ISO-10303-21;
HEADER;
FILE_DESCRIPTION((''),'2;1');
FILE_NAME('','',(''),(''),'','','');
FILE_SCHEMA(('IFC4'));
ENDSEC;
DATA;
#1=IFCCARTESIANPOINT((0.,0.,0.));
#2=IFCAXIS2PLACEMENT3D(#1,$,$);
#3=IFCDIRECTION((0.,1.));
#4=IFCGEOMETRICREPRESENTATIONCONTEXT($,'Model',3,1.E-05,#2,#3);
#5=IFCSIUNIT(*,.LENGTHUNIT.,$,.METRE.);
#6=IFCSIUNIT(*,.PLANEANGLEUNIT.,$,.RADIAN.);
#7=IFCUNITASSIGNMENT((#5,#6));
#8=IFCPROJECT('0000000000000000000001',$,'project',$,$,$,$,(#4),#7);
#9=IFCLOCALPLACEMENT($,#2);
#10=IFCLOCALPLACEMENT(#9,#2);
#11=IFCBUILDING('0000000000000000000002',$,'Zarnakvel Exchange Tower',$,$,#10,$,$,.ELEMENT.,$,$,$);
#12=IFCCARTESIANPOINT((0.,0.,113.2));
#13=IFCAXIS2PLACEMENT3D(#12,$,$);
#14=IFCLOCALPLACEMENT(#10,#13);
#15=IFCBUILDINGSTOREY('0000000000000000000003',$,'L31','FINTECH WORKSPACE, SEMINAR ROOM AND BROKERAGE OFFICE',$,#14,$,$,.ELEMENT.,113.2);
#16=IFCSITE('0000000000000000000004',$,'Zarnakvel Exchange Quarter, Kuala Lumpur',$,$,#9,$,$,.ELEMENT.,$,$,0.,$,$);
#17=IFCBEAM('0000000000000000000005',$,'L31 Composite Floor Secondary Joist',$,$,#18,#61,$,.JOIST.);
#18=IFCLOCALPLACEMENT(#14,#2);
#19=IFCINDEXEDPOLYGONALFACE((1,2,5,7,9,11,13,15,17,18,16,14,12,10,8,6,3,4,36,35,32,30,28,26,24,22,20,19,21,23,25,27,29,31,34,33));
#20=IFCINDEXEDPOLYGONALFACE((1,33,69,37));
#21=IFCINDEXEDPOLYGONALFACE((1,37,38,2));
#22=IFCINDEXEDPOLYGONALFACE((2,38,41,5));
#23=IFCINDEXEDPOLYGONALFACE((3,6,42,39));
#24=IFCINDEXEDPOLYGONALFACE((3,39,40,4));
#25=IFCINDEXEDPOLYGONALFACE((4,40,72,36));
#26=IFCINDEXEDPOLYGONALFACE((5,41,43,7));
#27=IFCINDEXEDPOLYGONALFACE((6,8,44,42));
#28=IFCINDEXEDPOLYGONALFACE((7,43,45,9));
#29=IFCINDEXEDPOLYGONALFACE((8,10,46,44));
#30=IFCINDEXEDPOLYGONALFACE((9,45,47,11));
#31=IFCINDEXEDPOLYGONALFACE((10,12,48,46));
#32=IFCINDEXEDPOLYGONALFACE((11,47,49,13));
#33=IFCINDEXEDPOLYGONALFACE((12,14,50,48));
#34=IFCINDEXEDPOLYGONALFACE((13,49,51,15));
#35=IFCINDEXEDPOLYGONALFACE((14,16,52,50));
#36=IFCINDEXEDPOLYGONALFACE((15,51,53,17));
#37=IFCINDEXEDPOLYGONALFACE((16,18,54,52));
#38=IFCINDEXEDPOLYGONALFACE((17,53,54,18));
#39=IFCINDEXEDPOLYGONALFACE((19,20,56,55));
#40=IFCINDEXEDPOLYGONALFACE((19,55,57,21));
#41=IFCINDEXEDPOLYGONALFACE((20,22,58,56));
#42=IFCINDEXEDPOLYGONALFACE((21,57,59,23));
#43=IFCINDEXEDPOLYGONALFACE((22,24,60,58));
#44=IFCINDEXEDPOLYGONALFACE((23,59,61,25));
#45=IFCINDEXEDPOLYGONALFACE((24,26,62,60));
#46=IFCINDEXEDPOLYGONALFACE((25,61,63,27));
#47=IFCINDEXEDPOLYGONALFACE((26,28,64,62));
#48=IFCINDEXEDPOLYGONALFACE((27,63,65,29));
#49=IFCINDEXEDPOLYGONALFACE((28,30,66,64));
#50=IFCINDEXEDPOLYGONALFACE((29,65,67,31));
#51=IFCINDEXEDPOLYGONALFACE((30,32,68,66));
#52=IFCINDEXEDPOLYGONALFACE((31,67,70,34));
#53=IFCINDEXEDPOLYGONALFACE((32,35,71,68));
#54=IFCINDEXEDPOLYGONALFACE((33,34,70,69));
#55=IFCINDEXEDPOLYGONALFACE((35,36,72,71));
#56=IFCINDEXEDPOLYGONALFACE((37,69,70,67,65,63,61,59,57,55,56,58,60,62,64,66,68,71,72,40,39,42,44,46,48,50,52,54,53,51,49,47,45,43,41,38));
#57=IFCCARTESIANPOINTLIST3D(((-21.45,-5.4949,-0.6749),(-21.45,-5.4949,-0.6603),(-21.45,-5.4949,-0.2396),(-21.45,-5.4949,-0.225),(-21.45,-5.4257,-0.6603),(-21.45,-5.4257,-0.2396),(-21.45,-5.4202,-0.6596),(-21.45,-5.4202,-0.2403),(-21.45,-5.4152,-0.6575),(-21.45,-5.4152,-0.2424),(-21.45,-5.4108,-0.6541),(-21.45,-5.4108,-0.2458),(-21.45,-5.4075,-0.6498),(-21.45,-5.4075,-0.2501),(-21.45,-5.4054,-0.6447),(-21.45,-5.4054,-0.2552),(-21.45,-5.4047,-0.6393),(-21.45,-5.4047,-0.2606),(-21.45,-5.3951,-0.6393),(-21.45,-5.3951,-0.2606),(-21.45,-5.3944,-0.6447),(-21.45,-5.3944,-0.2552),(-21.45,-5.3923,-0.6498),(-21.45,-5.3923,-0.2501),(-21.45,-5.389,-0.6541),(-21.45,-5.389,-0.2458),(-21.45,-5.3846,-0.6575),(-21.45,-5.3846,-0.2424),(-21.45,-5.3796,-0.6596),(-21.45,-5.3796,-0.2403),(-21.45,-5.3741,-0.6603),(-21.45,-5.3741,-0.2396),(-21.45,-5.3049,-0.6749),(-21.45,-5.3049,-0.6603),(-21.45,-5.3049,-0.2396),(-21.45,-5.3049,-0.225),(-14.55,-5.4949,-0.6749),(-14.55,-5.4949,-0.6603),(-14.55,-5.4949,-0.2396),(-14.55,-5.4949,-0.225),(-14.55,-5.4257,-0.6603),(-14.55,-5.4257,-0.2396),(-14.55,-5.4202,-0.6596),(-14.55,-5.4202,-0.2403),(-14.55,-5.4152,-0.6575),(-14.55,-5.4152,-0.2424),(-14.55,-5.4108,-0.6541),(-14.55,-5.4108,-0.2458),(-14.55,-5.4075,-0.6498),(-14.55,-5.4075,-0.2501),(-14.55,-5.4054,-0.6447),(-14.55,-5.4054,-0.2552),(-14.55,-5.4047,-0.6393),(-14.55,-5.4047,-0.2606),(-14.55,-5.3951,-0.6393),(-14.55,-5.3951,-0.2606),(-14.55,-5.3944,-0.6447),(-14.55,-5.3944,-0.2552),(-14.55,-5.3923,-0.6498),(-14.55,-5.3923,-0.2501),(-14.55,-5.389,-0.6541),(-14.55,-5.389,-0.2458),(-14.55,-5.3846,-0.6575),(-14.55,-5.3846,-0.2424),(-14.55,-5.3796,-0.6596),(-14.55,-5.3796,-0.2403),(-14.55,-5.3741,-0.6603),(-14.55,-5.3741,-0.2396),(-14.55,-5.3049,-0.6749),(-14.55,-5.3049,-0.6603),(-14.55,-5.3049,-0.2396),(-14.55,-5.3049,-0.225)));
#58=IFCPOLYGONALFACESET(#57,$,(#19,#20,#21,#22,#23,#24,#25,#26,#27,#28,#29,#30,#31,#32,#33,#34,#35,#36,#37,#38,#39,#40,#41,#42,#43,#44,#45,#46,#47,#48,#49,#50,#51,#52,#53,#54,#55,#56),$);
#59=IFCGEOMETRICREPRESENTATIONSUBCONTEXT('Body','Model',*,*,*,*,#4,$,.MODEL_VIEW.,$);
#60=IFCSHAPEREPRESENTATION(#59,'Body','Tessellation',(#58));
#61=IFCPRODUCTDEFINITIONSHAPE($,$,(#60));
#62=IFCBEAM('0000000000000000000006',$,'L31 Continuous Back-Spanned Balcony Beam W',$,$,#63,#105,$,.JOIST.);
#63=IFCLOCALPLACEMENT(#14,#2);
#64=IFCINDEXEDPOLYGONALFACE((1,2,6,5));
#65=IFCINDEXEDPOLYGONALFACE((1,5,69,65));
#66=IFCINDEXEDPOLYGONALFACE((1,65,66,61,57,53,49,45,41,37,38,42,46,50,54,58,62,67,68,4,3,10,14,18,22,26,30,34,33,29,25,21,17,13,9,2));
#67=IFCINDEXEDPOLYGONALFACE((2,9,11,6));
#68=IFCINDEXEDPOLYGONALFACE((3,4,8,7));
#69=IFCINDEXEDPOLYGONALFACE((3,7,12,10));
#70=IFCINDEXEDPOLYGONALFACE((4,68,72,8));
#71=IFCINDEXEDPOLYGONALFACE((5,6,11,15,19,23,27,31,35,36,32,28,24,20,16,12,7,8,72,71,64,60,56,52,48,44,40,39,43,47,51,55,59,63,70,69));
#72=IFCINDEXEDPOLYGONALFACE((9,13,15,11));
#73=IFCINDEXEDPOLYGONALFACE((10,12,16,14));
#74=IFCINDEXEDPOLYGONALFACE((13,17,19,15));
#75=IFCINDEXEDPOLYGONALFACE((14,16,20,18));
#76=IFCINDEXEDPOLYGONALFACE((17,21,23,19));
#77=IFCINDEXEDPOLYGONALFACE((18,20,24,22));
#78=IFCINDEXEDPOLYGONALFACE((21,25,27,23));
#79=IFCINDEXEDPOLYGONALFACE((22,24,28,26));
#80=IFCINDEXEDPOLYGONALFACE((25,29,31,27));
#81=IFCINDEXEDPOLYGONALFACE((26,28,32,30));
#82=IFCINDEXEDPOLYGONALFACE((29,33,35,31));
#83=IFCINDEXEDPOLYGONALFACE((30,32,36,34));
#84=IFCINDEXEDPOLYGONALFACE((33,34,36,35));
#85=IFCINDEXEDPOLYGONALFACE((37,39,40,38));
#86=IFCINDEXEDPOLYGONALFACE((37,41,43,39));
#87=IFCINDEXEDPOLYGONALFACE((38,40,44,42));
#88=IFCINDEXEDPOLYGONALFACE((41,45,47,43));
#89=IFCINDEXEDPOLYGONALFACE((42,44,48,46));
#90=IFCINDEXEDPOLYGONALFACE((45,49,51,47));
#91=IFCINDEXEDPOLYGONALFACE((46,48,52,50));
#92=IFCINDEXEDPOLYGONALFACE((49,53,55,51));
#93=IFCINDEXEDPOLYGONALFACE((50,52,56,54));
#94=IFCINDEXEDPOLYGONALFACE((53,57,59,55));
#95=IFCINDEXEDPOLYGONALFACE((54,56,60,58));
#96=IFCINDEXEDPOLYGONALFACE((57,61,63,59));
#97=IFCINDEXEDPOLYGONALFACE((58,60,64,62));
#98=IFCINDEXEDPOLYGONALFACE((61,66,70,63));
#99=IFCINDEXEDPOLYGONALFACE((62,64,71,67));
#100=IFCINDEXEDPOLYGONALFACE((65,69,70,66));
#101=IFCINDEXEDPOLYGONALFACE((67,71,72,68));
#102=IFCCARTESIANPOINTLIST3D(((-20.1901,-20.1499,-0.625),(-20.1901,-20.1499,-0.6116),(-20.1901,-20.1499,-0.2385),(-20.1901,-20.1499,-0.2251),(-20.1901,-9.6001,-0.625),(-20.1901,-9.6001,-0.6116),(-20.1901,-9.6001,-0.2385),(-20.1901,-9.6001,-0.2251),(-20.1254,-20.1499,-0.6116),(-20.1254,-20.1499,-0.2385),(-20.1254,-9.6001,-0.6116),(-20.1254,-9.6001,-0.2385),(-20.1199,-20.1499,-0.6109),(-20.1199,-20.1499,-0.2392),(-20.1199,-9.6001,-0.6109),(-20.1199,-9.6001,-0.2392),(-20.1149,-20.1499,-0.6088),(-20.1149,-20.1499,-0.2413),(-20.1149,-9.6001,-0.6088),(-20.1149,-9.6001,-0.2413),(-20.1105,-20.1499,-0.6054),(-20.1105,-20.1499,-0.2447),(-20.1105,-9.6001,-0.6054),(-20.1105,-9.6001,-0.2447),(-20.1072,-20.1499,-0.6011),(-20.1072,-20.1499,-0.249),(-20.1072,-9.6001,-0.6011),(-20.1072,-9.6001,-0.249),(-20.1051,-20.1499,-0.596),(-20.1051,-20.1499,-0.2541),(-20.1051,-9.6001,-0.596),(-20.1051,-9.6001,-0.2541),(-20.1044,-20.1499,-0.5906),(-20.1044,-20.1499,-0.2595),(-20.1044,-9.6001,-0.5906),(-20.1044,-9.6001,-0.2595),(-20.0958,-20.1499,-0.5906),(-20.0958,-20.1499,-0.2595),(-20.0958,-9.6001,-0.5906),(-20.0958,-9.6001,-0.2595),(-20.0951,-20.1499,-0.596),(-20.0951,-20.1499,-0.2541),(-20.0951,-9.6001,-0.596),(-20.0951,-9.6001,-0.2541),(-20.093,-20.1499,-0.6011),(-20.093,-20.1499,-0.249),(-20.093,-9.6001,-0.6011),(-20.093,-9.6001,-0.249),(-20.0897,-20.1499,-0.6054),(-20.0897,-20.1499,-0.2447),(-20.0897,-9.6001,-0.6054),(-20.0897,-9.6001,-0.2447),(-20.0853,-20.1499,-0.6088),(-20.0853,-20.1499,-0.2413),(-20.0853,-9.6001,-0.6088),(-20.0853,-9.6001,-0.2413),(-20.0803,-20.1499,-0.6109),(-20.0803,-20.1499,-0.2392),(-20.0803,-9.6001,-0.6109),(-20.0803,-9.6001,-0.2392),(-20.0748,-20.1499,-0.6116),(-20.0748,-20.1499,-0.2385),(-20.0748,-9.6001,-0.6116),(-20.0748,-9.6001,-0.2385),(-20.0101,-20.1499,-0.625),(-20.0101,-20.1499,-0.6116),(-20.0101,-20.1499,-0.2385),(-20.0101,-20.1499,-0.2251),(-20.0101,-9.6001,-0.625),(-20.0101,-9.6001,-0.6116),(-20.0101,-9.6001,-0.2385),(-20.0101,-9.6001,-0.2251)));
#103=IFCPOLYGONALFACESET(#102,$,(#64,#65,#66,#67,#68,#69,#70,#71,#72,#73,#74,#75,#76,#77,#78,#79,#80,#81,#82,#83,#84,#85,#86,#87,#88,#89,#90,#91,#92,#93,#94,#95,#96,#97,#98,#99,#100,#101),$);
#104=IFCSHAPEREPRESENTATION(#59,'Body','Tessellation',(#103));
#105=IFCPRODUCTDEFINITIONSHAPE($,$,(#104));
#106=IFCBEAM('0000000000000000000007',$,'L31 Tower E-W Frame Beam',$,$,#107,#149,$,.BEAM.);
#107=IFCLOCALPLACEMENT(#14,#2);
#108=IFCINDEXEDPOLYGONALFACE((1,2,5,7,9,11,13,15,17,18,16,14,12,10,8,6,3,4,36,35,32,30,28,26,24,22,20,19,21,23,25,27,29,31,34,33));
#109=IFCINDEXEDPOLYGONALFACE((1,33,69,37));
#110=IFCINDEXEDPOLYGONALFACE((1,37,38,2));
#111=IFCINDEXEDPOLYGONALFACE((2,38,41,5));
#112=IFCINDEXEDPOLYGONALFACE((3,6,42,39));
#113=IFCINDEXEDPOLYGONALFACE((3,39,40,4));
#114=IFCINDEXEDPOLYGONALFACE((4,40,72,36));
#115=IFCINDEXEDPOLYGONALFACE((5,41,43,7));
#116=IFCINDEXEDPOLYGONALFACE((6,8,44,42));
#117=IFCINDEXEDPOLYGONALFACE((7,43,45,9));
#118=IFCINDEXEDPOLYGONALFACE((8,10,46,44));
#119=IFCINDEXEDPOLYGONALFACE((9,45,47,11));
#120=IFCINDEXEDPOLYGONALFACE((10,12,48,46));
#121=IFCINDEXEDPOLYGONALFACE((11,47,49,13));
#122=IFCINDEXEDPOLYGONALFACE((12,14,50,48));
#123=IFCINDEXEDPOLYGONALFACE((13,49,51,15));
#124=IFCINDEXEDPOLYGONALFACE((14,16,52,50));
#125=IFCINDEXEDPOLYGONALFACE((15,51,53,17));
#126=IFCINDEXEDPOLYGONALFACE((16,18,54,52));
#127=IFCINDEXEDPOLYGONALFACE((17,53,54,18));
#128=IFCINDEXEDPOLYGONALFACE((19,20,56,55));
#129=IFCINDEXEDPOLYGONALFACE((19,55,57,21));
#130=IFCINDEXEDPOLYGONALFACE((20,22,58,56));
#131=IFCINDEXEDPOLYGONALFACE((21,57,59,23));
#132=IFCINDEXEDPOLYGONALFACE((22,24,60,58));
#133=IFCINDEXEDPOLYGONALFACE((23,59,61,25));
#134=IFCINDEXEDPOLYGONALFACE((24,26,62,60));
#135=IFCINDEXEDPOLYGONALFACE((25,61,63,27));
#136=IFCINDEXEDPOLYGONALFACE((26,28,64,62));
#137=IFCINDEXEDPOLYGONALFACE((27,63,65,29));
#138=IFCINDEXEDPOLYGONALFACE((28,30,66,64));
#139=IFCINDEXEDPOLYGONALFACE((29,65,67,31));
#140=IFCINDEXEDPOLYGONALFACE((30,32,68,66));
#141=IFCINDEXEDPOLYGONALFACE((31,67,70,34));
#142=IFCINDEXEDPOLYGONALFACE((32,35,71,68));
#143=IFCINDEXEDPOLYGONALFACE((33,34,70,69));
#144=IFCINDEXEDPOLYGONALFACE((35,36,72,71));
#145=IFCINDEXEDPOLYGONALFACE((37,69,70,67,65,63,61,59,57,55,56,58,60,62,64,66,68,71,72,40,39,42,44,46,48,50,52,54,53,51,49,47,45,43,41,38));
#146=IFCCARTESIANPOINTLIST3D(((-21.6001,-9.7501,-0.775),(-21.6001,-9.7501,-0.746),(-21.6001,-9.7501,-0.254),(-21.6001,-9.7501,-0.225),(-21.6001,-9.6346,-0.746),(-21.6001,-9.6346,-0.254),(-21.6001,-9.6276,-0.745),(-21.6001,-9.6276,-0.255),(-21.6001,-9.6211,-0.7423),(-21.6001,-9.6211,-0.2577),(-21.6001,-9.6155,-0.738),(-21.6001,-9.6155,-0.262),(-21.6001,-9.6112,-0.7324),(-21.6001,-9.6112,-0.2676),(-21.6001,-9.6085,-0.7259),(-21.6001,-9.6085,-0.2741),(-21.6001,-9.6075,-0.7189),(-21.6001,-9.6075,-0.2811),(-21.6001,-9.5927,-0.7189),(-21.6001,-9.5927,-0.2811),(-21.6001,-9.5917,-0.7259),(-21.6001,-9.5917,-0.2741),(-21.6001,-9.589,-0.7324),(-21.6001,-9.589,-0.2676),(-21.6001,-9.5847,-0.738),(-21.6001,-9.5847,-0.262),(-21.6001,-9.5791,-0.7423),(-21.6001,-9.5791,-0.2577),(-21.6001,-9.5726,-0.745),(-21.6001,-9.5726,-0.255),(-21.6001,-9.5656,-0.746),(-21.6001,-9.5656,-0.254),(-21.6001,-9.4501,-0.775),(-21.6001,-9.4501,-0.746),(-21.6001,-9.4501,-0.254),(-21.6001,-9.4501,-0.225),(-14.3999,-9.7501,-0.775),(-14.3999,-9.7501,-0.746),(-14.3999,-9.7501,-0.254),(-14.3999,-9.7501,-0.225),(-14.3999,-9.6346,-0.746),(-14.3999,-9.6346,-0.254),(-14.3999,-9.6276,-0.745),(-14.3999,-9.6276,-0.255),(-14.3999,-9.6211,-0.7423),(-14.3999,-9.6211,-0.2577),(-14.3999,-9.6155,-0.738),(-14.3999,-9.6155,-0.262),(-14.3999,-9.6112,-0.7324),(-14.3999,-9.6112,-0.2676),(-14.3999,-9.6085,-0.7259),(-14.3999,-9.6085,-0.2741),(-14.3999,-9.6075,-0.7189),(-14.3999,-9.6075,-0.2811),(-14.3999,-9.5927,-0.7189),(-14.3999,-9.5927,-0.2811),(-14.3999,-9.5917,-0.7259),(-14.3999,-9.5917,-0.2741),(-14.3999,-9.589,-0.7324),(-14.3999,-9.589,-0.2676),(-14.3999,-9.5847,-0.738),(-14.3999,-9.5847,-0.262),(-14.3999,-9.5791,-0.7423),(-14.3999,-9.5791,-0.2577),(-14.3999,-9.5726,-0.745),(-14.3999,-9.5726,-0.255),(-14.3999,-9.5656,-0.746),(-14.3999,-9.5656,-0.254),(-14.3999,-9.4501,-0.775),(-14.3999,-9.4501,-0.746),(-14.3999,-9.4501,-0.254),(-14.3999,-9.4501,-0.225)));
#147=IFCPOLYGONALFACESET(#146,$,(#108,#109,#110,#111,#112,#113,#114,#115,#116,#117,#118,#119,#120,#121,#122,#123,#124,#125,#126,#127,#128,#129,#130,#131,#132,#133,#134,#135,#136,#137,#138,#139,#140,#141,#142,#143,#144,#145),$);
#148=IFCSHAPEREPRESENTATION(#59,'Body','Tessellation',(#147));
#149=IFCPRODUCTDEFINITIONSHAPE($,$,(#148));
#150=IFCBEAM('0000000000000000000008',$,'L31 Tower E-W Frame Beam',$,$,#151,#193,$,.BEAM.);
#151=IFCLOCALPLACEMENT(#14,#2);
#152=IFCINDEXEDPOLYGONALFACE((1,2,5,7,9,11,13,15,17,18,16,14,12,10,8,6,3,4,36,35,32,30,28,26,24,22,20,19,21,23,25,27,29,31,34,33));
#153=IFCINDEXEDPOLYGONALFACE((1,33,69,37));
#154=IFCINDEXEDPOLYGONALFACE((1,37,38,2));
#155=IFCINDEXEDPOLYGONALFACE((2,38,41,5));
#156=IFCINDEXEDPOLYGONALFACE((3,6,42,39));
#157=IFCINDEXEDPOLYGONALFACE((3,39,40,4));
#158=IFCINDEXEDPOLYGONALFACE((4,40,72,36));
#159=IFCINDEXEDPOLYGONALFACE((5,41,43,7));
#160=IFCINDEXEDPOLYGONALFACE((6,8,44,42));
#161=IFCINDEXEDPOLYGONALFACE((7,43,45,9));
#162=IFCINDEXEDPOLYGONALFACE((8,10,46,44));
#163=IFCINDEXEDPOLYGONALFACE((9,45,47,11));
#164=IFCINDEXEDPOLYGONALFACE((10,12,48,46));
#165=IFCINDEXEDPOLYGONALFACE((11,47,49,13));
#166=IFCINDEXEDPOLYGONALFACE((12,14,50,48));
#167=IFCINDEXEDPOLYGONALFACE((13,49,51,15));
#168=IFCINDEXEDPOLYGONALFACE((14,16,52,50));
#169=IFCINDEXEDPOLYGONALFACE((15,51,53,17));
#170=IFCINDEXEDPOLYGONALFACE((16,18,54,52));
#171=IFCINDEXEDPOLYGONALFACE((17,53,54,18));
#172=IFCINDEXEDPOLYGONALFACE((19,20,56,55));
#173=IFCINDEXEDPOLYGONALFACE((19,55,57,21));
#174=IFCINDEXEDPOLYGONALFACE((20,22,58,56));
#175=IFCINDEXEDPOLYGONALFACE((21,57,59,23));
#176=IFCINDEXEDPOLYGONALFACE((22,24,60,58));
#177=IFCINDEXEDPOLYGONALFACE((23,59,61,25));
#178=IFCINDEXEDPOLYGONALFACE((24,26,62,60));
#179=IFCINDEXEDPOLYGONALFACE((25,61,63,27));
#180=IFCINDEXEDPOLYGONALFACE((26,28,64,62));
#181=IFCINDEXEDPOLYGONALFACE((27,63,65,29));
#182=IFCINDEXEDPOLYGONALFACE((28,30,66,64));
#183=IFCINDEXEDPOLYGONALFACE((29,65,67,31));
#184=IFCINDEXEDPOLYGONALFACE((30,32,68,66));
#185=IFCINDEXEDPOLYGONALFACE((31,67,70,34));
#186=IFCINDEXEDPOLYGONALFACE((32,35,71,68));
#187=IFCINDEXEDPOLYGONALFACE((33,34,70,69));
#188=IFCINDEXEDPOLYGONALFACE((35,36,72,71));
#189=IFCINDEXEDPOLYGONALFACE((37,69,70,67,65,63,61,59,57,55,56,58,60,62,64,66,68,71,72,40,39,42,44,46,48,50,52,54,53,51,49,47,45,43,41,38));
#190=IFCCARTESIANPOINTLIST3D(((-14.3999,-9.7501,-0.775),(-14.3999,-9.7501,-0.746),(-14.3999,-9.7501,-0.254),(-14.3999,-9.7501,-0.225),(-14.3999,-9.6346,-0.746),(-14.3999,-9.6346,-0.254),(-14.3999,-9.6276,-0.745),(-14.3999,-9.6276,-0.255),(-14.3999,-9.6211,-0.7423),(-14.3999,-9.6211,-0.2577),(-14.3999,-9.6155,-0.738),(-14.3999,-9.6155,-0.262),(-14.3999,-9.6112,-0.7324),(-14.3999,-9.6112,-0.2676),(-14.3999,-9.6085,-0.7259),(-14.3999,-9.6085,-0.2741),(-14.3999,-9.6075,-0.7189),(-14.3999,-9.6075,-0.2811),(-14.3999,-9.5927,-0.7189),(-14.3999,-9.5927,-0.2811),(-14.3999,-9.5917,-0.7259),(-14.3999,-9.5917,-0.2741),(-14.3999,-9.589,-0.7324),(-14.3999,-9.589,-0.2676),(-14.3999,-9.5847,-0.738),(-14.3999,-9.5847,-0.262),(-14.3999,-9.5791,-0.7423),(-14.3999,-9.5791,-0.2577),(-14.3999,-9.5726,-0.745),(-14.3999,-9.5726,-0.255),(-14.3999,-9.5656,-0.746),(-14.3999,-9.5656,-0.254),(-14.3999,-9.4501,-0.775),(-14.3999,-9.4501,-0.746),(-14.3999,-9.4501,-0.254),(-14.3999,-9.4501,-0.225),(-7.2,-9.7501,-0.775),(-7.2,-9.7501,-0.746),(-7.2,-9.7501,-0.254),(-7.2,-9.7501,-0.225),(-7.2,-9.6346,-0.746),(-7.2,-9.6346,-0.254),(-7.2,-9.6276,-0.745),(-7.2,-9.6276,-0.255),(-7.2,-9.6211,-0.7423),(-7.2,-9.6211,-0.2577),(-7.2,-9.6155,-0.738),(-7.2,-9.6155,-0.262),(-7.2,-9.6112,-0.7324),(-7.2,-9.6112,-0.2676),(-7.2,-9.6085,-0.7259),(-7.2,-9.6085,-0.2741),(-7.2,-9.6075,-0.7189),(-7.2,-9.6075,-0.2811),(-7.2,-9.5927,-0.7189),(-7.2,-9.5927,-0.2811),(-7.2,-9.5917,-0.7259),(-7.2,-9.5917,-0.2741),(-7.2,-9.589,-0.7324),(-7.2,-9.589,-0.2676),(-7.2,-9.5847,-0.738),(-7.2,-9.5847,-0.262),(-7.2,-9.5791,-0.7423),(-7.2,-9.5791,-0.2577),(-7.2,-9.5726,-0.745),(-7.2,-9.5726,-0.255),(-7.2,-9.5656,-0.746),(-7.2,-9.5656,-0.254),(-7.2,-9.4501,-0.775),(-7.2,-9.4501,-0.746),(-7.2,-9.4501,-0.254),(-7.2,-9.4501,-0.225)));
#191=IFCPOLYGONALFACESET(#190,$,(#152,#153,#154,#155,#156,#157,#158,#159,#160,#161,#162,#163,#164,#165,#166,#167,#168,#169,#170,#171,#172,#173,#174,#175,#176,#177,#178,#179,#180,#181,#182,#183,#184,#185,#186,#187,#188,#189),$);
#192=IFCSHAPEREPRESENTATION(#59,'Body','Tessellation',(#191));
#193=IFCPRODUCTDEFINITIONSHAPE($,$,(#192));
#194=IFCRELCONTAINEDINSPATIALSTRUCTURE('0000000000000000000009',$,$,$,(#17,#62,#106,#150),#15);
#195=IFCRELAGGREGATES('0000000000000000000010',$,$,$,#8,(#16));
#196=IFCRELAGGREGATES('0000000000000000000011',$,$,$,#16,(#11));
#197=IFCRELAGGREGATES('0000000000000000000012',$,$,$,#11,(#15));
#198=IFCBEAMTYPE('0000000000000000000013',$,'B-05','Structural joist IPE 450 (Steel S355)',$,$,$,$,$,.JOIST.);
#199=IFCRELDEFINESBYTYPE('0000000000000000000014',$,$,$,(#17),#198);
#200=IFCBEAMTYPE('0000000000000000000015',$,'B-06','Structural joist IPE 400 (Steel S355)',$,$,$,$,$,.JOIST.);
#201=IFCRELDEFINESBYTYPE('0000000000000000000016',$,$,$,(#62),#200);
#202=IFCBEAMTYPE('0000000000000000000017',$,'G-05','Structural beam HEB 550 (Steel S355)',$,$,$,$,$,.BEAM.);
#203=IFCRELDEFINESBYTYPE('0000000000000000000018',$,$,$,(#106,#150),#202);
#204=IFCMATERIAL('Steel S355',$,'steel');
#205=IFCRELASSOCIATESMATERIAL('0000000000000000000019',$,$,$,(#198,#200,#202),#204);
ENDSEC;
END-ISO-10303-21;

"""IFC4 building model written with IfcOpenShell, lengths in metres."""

from ifc_helpers import new_model, si_unit, direction, frame, origin, origin_2d, place, context, subcontext, project, spatial, i_section, extrude, material, material_profile, profile_set, type_object, element, save


model = new_model("IFC4")

# Units and contexts
model_context = context("Model", 3, precision=1e-05, world=origin(), true_north=direction((0.0, 1.0)))
body_context = subcontext(model_context, "Body", "Model", "MODEL_VIEW")
ifc_project = project(units=[si_unit("LENGTHUNIT", "METRE"), si_unit("PLANEANGLEUNIT", "RADIAN")], contexts=[model_context])

# Site, building, storey
site_placement = place(None, origin())
site = spatial("IfcSite", under=ifc_project, at=site_placement, Name="Zarnakvel Exchange Quarter, Kuala Lumpur", CompositionType="ELEMENT", RefElevation=0.0)
building_placement = place(site_placement, origin())
building = spatial("IfcBuilding", under=site, at=building_placement, Name="Zarnakvel Exchange Tower", CompositionType="ELEMENT")
storey_placement = place(building_placement, frame((0.0, 0.0, 113.2)))
storey = spatial("IfcBuildingStorey", under=building, at=storey_placement, Name="L31", Description="FINTECH WORKSPACE, SEMINAR ROOM AND BROKERAGE OFFICE", CompositionType="ELEMENT", Elevation=113.2)

# Shared definitions
ifc_material_1 = material(Name="Steel S355", Category="steel")

# Beams
ifc_material_profile_1 = material_profile(ifc_material_1, i_section(OverallWidth=0.1899, OverallDepth=0.45, WebThickness=0.0095, FlangeThickness=0.0146, FilletRadius=0.021, at=origin_2d()))
ifc_profile_set_1 = profile_set([ifc_material_profile_1], Name="Steel S355")
beam_type_1 = type_object("IfcBeamType", Name="B-05", Description="Structural joist IPE 450 (Steel S355)", PredefinedType="JOIST", material=ifc_profile_set_1)
beam_1_placement = place(storey_placement, frame((-21.45, -5.3999, -0.45), z_axis=(1.0, 0.0, 0.0), x_axis=(0.0, 1.0, 0.0)))
element("IfcBeam", 1, at=beam_1_placement, inside=storey, type_object=beam_type_1, Name="L31 Composite Floor Secondary Joist", PredefinedType="JOIST", context=body_context, shape_type="SweptSolid", body=[
    extrude(i_section(OverallWidth=0.1899, OverallDepth=0.45, WebThickness=0.0095, FlangeThickness=0.0146, FilletRadius=0.021, at=origin_2d()), origin(), (0.0, 0.0, 1.0), 6.8999),
])
ifc_material_profile_2 = material_profile(ifc_material_1, i_section(OverallWidth=0.1799, OverallDepth=0.3999, WebThickness=0.0085, FlangeThickness=0.0134, FilletRadius=0.021, at=origin_2d()))
ifc_profile_set_2 = profile_set([ifc_material_profile_2], Name="Steel S355")
beam_type_2 = type_object("IfcBeamType", Name="B-06", Description="Structural joist IPE 400 (Steel S355)", PredefinedType="JOIST", material=ifc_profile_set_2)
beam_2_placement = place(storey_placement, frame((-20.1001, -9.6001, -0.425), z_axis=(0.0, -1.0, 0.0), x_axis=(1.0, 0.0, 0.0)))
element("IfcBeam", 2, at=beam_2_placement, inside=storey, type_object=beam_type_2, Name="L31 Continuous Back-Spanned Balcony Beam W", PredefinedType="JOIST", context=body_context, shape_type="SweptSolid", body=[
    extrude(i_section(OverallWidth=0.1799, OverallDepth=0.3999, WebThickness=0.0085, FlangeThickness=0.0134, FilletRadius=0.021, at=origin_2d()), origin(), (0.0, 0.0, 1.0), 10.5498),
])
ifc_material_profile_3 = material_profile(ifc_material_1, i_section(OverallWidth=0.3, OverallDepth=0.55, WebThickness=0.0149, FlangeThickness=0.0291, FilletRadius=0.0271, at=origin_2d()))
ifc_profile_set_3 = profile_set([ifc_material_profile_3], Name="Steel S355")
beam_type_3 = type_object("IfcBeamType", Name="G-05", Description="Structural beam HEB 550 (Steel S355)", PredefinedType="BEAM", material=ifc_profile_set_3)
beam_3_placement = place(storey_placement, frame((-21.6001, -9.6001, -0.5), z_axis=(1.0, 0.0, 0.0), x_axis=(0.0, 1.0, 0.0)))
element("IfcBeam", 3, at=beam_3_placement, inside=storey, type_object=beam_type_3, Name="L31 Tower E-W Frame Beam", PredefinedType="BEAM", context=body_context, shape_type="SweptSolid", body=[
    extrude(i_section(OverallWidth=0.3, OverallDepth=0.55, WebThickness=0.0149, FlangeThickness=0.0291, FilletRadius=0.0271, at=origin_2d()), origin(), (0.0, 0.0, 1.0), 7.2002),
])
beam_4_placement = place(storey_placement, frame((-14.3999, -9.6001, -0.5), z_axis=(1.0, 0.0, 0.0), x_axis=(0.0, 1.0, 0.0)))
element("IfcBeam", 4, at=beam_4_placement, inside=storey, type_object=beam_type_3, Name="L31 Tower E-W Frame Beam", PredefinedType="BEAM", context=body_context, shape_type="SweptSolid", body=[
    extrude(i_section(OverallWidth=0.3, OverallDepth=0.55, WebThickness=0.0149, FlangeThickness=0.0291, FilletRadius=0.0271, at=origin_2d()), origin(), (0.0, 0.0, 1.0), 7.2),
])

save(model, "model.ifc")
